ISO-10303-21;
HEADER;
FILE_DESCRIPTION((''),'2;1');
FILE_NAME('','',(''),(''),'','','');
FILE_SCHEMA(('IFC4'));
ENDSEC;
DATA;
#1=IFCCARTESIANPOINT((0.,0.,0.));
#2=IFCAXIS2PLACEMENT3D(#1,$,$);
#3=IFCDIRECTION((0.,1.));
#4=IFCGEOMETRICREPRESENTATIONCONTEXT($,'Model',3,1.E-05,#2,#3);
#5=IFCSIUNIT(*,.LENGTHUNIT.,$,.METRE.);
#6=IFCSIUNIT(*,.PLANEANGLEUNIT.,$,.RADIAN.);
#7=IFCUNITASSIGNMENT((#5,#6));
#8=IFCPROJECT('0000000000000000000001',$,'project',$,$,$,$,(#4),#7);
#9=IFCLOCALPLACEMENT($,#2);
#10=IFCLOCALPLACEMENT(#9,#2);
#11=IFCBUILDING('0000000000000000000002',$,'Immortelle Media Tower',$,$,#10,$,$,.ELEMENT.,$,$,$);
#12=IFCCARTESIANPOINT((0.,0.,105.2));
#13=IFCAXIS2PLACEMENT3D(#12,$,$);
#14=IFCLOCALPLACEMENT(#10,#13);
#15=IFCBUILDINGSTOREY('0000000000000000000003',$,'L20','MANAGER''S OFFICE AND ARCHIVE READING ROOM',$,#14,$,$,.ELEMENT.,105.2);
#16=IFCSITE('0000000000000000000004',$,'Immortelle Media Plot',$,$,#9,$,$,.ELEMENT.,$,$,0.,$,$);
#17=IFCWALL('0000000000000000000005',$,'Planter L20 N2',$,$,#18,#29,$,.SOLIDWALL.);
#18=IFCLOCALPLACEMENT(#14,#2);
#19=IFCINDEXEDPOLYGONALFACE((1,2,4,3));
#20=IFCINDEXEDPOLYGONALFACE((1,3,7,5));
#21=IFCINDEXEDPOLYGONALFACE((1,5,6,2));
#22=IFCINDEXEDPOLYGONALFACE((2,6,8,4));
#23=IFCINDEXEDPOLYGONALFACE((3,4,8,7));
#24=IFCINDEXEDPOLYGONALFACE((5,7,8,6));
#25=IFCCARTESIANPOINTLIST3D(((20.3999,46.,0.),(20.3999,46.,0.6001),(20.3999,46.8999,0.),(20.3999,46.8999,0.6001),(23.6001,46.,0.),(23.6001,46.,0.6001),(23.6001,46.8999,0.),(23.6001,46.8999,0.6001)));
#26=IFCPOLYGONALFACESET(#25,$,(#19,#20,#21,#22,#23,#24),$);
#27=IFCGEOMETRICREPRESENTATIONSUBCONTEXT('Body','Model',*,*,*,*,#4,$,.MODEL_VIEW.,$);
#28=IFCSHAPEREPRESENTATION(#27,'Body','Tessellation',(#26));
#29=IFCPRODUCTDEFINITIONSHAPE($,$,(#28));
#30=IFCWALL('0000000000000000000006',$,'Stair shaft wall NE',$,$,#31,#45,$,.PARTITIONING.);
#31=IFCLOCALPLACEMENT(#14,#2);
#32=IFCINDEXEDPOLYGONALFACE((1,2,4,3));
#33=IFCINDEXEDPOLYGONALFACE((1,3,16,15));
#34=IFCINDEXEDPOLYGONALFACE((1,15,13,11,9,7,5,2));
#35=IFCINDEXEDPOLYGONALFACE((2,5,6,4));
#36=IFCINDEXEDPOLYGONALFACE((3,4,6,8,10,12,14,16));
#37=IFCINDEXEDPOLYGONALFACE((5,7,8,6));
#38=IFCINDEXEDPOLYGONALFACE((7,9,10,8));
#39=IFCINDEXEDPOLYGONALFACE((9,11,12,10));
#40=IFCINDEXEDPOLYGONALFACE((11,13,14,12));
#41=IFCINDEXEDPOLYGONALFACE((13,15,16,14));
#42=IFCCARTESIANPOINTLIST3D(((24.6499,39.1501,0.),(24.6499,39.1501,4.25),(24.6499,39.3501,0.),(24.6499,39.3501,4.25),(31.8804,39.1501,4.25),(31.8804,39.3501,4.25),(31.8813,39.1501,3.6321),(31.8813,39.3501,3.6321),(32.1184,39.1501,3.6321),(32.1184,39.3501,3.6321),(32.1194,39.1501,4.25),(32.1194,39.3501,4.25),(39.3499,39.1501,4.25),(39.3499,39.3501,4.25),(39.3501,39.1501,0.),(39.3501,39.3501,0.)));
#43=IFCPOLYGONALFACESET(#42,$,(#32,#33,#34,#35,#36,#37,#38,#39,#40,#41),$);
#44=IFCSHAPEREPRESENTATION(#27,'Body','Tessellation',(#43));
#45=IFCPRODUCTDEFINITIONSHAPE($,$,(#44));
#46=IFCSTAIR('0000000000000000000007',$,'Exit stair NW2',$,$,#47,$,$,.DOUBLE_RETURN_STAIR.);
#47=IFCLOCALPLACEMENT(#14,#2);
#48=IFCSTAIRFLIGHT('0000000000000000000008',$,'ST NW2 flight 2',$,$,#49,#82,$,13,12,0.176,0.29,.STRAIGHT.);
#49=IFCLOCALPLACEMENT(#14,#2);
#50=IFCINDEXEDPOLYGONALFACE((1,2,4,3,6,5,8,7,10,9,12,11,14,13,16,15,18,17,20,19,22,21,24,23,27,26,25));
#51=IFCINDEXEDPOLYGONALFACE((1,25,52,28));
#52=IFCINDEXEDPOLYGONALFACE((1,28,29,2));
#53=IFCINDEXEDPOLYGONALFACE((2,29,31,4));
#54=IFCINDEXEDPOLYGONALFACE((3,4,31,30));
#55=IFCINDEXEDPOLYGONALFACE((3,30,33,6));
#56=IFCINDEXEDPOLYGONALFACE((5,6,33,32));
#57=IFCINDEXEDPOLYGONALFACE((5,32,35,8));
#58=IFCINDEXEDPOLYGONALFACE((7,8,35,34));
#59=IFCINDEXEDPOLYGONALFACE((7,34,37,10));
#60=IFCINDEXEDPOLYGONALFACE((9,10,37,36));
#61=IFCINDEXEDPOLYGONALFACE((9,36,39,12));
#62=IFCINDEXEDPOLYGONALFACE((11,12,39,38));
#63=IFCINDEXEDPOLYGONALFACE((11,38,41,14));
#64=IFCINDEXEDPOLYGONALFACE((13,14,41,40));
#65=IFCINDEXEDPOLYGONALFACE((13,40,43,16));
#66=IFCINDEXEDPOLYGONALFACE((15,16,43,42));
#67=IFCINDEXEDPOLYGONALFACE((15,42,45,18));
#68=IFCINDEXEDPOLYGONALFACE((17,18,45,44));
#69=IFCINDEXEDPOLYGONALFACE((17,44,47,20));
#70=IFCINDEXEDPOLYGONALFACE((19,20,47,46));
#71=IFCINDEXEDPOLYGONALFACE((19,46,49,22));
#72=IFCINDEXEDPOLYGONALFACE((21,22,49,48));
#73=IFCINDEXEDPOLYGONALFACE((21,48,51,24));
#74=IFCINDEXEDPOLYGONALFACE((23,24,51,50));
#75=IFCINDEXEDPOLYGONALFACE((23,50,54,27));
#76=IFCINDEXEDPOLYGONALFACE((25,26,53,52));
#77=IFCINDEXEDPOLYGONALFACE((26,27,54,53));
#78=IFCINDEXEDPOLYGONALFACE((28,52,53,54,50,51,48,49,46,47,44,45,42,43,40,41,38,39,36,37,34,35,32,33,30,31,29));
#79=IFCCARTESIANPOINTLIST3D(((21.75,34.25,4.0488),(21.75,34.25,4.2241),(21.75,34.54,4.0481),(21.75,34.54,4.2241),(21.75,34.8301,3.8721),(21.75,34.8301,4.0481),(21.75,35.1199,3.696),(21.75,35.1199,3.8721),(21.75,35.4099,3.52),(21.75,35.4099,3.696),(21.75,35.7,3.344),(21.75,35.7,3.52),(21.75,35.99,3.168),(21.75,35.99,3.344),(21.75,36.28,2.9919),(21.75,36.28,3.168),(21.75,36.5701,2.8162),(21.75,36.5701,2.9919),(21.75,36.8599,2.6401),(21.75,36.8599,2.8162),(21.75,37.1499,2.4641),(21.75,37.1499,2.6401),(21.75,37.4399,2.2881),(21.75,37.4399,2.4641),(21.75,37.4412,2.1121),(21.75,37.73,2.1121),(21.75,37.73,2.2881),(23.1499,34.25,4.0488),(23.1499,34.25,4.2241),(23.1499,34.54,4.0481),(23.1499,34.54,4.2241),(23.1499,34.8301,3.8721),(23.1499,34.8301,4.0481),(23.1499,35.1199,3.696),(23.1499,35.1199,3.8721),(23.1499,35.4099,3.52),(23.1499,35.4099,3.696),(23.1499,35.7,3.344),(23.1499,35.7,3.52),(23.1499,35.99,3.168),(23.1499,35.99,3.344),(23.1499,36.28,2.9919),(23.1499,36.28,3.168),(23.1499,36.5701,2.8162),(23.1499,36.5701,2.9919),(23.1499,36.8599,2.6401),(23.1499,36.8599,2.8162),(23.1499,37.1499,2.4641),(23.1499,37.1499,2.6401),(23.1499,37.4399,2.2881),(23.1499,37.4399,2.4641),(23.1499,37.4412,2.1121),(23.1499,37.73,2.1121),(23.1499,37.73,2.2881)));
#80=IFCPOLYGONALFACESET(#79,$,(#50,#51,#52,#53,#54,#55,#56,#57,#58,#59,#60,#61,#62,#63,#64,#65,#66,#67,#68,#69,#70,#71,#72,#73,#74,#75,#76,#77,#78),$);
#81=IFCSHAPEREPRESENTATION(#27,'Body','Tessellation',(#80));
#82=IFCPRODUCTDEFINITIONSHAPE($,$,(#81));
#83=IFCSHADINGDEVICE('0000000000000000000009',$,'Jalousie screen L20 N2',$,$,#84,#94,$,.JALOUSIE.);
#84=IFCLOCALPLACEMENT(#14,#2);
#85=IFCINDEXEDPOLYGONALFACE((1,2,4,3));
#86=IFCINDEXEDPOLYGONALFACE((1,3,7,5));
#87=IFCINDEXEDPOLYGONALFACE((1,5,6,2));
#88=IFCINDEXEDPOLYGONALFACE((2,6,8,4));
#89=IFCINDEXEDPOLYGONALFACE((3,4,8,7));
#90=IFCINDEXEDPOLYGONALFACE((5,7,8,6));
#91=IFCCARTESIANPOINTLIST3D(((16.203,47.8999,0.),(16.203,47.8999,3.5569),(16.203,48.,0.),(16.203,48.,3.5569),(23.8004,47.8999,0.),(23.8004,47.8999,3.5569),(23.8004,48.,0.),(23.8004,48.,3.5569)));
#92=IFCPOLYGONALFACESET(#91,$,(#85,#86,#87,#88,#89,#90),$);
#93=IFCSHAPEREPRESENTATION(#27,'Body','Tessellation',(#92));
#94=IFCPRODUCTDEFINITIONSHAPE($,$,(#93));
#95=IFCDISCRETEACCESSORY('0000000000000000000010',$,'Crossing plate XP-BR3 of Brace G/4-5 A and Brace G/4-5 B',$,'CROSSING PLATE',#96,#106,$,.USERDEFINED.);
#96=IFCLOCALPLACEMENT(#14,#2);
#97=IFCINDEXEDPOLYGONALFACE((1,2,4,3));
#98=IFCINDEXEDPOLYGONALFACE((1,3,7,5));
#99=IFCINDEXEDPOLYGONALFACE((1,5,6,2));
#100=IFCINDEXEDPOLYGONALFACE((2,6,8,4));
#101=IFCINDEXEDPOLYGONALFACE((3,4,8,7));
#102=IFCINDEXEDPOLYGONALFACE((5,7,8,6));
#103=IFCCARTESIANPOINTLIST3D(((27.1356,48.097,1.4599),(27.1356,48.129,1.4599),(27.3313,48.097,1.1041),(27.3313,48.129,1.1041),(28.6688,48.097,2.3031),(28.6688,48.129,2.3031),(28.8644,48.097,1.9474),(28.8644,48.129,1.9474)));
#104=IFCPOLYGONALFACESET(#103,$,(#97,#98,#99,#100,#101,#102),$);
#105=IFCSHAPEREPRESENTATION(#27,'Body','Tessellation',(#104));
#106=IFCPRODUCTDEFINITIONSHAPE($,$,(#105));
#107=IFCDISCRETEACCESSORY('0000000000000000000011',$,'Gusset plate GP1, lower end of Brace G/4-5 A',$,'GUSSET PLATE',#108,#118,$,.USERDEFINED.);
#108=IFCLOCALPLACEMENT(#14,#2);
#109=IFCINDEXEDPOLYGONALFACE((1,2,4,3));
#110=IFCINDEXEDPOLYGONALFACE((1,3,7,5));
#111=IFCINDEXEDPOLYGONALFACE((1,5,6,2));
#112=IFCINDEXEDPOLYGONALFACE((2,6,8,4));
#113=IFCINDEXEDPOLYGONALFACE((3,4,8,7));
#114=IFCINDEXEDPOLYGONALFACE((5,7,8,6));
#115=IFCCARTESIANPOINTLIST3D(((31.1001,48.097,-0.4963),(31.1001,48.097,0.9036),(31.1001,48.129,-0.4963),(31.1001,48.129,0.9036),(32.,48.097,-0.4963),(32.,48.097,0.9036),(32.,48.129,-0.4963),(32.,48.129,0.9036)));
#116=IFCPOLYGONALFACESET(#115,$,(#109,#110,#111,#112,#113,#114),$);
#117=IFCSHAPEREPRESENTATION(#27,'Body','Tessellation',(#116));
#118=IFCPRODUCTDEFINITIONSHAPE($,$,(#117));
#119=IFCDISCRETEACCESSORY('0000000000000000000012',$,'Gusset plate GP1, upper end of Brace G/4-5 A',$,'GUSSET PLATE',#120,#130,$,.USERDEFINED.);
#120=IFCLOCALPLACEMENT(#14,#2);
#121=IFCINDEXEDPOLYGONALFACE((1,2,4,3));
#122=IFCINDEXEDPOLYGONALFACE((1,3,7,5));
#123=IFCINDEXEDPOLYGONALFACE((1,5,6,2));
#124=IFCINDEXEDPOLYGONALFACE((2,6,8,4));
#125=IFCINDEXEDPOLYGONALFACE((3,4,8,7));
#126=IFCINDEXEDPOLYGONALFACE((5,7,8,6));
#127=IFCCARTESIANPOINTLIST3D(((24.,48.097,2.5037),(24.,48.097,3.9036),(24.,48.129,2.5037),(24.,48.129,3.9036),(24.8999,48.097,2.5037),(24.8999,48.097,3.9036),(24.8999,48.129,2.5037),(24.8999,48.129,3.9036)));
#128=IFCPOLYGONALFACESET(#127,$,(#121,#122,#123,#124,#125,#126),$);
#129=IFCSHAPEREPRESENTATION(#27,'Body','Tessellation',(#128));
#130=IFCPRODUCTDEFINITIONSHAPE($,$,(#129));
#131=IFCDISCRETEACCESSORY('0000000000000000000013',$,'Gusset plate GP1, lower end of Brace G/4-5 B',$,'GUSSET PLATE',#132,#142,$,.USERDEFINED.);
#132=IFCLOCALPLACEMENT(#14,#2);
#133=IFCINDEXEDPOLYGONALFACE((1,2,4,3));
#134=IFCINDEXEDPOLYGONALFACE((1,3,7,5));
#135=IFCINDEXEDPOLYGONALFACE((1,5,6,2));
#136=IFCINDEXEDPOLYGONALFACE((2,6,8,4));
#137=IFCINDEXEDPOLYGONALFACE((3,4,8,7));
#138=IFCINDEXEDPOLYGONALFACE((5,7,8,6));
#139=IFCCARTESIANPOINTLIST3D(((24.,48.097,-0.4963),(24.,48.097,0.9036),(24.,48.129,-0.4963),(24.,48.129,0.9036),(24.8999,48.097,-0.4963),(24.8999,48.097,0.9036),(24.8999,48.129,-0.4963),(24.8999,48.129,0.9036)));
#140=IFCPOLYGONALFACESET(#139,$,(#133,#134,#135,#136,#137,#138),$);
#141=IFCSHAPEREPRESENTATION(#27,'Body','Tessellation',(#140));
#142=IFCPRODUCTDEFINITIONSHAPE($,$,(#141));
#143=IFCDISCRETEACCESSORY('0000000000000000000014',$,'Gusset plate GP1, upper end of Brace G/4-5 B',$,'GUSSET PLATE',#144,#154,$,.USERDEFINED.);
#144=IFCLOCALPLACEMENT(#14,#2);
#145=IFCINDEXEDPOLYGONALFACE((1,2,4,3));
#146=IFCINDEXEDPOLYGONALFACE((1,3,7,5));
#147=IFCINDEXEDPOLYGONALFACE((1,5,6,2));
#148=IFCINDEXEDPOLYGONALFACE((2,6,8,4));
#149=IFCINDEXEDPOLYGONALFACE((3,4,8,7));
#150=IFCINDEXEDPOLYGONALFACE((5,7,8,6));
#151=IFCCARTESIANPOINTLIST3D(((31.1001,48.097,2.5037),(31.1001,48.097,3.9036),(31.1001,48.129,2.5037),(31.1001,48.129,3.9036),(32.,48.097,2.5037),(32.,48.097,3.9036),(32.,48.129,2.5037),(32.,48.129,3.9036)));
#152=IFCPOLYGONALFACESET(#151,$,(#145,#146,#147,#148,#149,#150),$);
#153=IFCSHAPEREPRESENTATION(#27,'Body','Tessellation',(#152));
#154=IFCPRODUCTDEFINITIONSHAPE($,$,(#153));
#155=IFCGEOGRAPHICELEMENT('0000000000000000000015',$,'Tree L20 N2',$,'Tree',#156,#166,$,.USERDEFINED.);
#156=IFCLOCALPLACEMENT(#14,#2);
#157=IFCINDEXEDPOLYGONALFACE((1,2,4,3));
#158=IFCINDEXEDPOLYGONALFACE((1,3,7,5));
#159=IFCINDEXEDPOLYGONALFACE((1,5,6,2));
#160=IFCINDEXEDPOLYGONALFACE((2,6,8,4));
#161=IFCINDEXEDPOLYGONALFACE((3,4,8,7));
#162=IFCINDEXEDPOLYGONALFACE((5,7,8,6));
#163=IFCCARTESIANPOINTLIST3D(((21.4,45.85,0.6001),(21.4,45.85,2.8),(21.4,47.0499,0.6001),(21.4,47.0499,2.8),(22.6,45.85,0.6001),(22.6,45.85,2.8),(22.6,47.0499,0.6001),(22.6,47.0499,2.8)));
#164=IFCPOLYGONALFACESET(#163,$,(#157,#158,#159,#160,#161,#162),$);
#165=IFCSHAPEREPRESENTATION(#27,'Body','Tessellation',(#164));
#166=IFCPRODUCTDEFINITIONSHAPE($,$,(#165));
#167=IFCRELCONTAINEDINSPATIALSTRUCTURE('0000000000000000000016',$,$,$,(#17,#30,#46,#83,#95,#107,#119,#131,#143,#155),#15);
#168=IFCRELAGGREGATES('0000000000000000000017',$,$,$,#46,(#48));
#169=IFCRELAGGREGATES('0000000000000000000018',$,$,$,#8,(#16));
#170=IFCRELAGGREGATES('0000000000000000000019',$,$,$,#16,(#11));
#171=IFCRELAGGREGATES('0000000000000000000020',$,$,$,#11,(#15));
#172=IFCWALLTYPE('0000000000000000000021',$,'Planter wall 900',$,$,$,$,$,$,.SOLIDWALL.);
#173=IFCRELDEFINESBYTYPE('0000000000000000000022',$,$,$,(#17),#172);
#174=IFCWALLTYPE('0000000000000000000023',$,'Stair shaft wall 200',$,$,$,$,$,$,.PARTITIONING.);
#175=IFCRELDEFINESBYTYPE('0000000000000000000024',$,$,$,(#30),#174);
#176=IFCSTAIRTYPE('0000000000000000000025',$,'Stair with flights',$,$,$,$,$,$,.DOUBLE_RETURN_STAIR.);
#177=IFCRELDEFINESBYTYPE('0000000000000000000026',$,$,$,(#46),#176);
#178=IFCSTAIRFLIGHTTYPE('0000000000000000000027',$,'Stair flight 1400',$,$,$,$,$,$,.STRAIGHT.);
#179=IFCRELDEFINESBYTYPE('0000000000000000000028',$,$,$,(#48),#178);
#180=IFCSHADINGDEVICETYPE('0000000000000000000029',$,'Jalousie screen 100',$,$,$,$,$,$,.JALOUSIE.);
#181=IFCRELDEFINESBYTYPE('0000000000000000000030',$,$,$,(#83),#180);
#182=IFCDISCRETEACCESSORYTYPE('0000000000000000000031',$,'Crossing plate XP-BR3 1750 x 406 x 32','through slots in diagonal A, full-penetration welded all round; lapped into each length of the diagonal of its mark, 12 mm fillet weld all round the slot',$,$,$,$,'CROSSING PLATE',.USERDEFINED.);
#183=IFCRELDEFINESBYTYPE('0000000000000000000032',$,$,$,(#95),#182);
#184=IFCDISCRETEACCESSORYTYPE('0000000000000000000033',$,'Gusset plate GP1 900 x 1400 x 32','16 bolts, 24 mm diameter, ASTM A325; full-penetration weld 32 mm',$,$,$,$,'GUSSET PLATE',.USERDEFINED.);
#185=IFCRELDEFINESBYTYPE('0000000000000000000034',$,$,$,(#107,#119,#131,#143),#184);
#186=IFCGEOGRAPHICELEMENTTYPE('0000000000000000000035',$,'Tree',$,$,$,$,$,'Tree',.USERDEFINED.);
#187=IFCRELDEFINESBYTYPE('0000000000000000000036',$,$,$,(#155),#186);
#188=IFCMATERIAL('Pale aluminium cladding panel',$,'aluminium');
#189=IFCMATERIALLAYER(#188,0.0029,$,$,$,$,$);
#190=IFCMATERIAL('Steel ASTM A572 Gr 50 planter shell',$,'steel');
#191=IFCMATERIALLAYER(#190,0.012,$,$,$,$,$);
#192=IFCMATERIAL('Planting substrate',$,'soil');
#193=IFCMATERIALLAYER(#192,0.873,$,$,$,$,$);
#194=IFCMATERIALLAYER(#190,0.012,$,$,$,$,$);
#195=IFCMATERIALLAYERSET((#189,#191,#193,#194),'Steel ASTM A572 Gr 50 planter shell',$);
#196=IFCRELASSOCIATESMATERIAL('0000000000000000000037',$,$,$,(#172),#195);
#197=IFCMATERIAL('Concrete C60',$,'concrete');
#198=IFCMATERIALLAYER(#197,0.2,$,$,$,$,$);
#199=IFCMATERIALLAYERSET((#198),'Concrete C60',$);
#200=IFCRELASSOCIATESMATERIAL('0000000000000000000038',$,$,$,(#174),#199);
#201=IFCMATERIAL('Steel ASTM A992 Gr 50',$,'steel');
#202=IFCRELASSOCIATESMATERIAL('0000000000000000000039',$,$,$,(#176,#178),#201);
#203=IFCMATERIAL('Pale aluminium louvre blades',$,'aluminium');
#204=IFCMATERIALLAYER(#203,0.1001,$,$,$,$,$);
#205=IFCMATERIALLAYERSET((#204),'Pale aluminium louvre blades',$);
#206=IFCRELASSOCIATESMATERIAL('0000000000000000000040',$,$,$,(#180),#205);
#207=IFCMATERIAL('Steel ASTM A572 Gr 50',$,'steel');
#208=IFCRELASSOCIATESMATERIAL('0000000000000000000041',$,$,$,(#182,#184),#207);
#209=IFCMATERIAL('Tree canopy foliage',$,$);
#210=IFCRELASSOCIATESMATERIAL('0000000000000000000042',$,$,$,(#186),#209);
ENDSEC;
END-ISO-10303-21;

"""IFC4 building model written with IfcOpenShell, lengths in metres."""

from ifc_helpers import new_model, si_unit, direction, frame, frame_2d, origin, origin_2d, place, context, subcontext, project, spatial, polyline, rectangle, outline, extrude, material, layer, layer_set, material_profile, profile_set, type_object, element, aggregate, save


model = new_model("IFC4")

# Units and contexts
model_context = context("Model", 3, precision=1e-05, world=origin(), true_north=direction((0.0, 1.0)))
body_context = subcontext(model_context, "Body", "Model", "MODEL_VIEW")
ifc_project = project(units=[si_unit("LENGTHUNIT", "METRE"), si_unit("PLANEANGLEUNIT", "RADIAN")], contexts=[model_context])

# Site, building, storey
site_placement = place(None, origin())
site = spatial("IfcSite", under=ifc_project, at=site_placement, Name="Immortelle Media Plot", CompositionType="ELEMENT", RefElevation=0.0)
building_placement = place(site_placement, origin())
building = spatial("IfcBuilding", under=site, at=building_placement, Name="Immortelle Media Tower", CompositionType="ELEMENT")
storey_placement = place(building_placement, frame((0.0, 0.0, 105.2)))
storey = spatial("IfcBuildingStorey", under=building, at=storey_placement, Name="L20", Description="MANAGER'S OFFICE AND ARCHIVE READING ROOM", CompositionType="ELEMENT", Elevation=105.2)

# Shared definitions
ifc_material_1 = material(Name="Steel ASTM A992 Gr 50", Category="steel")

# Shared definitions
ifc_material_2 = material(Name="Pale aluminium cladding panel", Category="aluminium")

# Walls
ifc_layer_1 = layer(ifc_material_2, 0.0029)
ifc_material_3 = material(Name="Steel ASTM A572 Gr 50 planter shell", Category="steel")
ifc_layer_2 = layer(ifc_material_3, 0.012)
ifc_material_4 = material(Name="Planting substrate", Category="soil")
ifc_layer_3 = layer(ifc_material_4, 0.873)
ifc_layer_4 = layer(ifc_material_3, 0.012)
ifc_layer_set_1 = layer_set([ifc_layer_1, ifc_layer_2, ifc_layer_3, ifc_layer_4], Name="Steel ASTM A572 Gr 50 planter shell")
wall_type_1 = type_object("IfcWallType", Name="Planter wall 900", PredefinedType="SOLIDWALL", material=ifc_layer_set_1)
wall_1_placement = place(storey_placement, frame((23.6001, 46.45, 0.0), z_axis=(0.0, 0.0, 1.0), x_axis=(-1.0, 0.0, 0.0)))
element("IfcWall", 1, at=wall_1_placement, inside=storey, type_object=wall_type_1, Name="Planter L20 N2", PredefinedType="SOLIDWALL", context=body_context, shape_type="SweptSolid", body=[
    extrude(rectangle(XDim=3.2002, YDim=0.8999, at=frame_2d((1.6001, 0.0))), origin(), (0.0, 0.0, 1.0), 0.6001),
])
ifc_material_5 = material(Name="Concrete C60", Category="concrete")
ifc_layer_5 = layer(ifc_material_5, 0.2)
ifc_layer_set_2 = layer_set([ifc_layer_5], Name="Concrete C60")
wall_type_2 = type_object("IfcWallType", Name="Stair shaft wall 200", PredefinedType="PARTITIONING", material=ifc_layer_set_2)
wall_2_placement = place(storey_placement, frame((24.6499, 39.25, 0.0), z_axis=(0.0, 0.0, 1.0), x_axis=(1.0, 0.0, 0.0)))
element("IfcWall", 2, at=wall_2_placement, inside=storey, type_object=wall_type_2, Name="Stair shaft wall NE", PredefinedType="PARTITIONING", context=body_context, shape_type="SweptSolid", body=[
    extrude(outline(polyline([(0.0, 0.0), (14.7002, 0.0), (14.7, 4.25), (7.4695, 4.25), (7.4685, 3.6321), (7.2314, 3.6321), (7.2305, 4.25), (0.0, 4.25), (0.0, 0.0)])), frame((0.0, 0.1001, 0.0), z_axis=(0.0, -1.0, 0.0), x_axis=(1.0, 0.0, 0.0)), (0.0, 0.0, 1.0), 0.2),
])

# Stair, stair flight
stair_type = type_object("IfcStairType", Name="Stair with flights", PredefinedType="DOUBLE_RETURN_STAIR", material=ifc_material_1)
stair_placement = place(storey_placement, origin())
stair = element("IfcStair", 3, at=stair_placement, inside=storey, type_object=stair_type, Name="Exit stair NW2", PredefinedType="DOUBLE_RETURN_STAIR")
stair_flight_type = type_object("IfcStairFlightType", Name="Stair flight 1400", PredefinedType="STRAIGHT", material=ifc_material_1)
stair_flight_placement = place(storey_placement, frame((22.45, 37.73, 2.1121), z_axis=(0.0, 0.0, 1.0), x_axis=(0.0, -1.0, 0.0)))
stair_flight = element("IfcStairFlight", 4, at=stair_flight_placement, type_object=stair_flight_type, Name="ST NW2 flight 2", NumberOfRisers=13, NumberOfTreads=12, PredefinedType="STRAIGHT", RiserHeight=0.176, TreadLength=0.29, context=body_context, shape_type="SweptSolid", body=[
    extrude(outline(polyline([(0.0, 0.0), (0.0, 0.176), (0.29, 0.176), (0.29, 0.3521), (0.5801, 0.3521), (0.5801, 0.5281), (0.8701, 0.5281), (0.8701, 0.7041), (1.1599, 0.7041), (1.1599, 0.8799), (1.45, 0.8799), (1.45, 1.0559), (1.74, 1.0559), (1.74, 1.2319), (2.03, 1.2319), (2.03, 1.408), (2.3201, 1.408), (2.3201, 1.584), (2.6101, 1.584), (2.6101, 1.76), (2.8999, 1.76), (2.8999, 1.936), (3.1899, 1.936), (3.1899, 2.1121), (3.48, 2.1121), (3.48, 2.2881), (3.48, 1.9368), (0.2888, 0.0), (0.0, 0.0)])), frame((0.0, 0.7, 0.0), z_axis=(0.0, -1.0, 0.0), x_axis=(1.0, 0.0, 0.0)), (0.0, 0.0, 1.0), 1.3999),
])
aggregate(stair, [stair_flight])

# Shading device
ifc_material_6 = material(Name="Pale aluminium louvre blades", Category="aluminium")
ifc_layer_6 = layer(ifc_material_6, 0.1001)
ifc_layer_set_3 = layer_set([ifc_layer_6], Name="Pale aluminium louvre blades")
shading_device_type = type_object("IfcShadingDeviceType", Name="Jalousie screen 100", PredefinedType="JALOUSIE", material=ifc_layer_set_3)
shading_device_placement = place(storey_placement, frame((20.0017, 47.95, 0.0), z_axis=(0.0, 0.0, 1.0), x_axis=(-1.0, 0.0, 0.0)))
element("IfcShadingDevice", 5, at=shading_device_placement, inside=storey, type_object=shading_device_type, Name="Jalousie screen L20 N2", PredefinedType="JALOUSIE", context=body_context, shape_type="SweptSolid", body=[
    extrude(rectangle(XDim=7.5974, YDim=0.1001, at=origin_2d()), origin(), (0.0, 0.0, 1.0), 3.5569),
])

# Discrete accessories
ifc_material_7 = material(Name="Steel ASTM A572 Gr 50", Category="steel")
ifc_material_profile_1 = material_profile(ifc_material_7, rectangle(XDim=0.032, YDim=0.406, at=origin_2d()), Name="PL 32 x 406")
ifc_profile_set_1 = profile_set([ifc_material_profile_1], Name="Steel ASTM A572 Gr 50")
discrete_accessory_type_1 = type_object("IfcDiscreteAccessoryType", Name="Crossing plate XP-BR3 1750 x 406 x 32", Description="through slots in diagonal A, full-penetration welded all round; lapped into each length of the diagonal of its mark, 12 mm fillet weld all round the slot", ElementType="CROSSING PLATE", PredefinedType="USERDEFINED", material=ifc_profile_set_1)
discrete_accessory_placement = place(storey_placement, frame((28.7666, 48.113, 2.1252), z_axis=(-0.876216, 0.0, -0.481919), x_axis=(0.0, -1.0, 0.0)))
element("IfcDiscreteAccessory", 6, at=discrete_accessory_placement, inside=storey, type_object=discrete_accessory_type_1, Name="Crossing plate XP-BR3 of Brace G/4-5 A and Brace G/4-5 B", ObjectType="CROSSING PLATE", PredefinedType="USERDEFINED", context=body_context, shape_type="SweptSolid", body=[
    extrude(rectangle(XDim=0.032, YDim=0.406, at=origin_2d()), origin(), (0.0, 0.0, 1.0), 1.7498),
])
ifc_material_profile_2 = material_profile(ifc_material_7, rectangle(XDim=0.032, YDim=1.3999, at=origin_2d()), Name="PL 32 x 1400")
ifc_profile_set_2 = profile_set([ifc_material_profile_2], Name="Steel ASTM A572 Gr 50")
discrete_accessory_type_2 = type_object("IfcDiscreteAccessoryType", Name="Gusset plate GP1 900 x 1400 x 32", Description="16 bolts, 24 mm diameter, ASTM A325; full-penetration weld 32 mm", ElementType="GUSSET PLATE", PredefinedType="USERDEFINED", material=ifc_profile_set_2)
for number, where, z_axis, x_axis, name in (
    (7, (32.0, 48.113, 0.2036), (-1.0, 0.0, 0.0), (0.0, -1.0, 0.0), "Gusset plate GP1, lower end of Brace G/4-5 A"),
    (8, (24.0, 48.113, 3.2036), (1.0, 0.0, 0.0), (0.0, 1.0, 0.0), "Gusset plate GP1, upper end of Brace G/4-5 A"),
    (9, (24.0, 48.113, 0.2036), (1.0, 0.0, 0.0), (0.0, 1.0, 0.0), "Gusset plate GP1, lower end of Brace G/4-5 B"),
    (10, (32.0, 48.113, 3.2036), (-1.0, 0.0, 0.0), (0.0, -1.0, 0.0), "Gusset plate GP1, upper end of Brace G/4-5 B"),
):
    element("IfcDiscreteAccessory", number, at=place(storey_placement, frame(where, z_axis=z_axis, x_axis=x_axis)), inside=storey, type_object=discrete_accessory_type_2, Name=name, ObjectType="GUSSET PLATE", PredefinedType="USERDEFINED", context=body_context, shape_type="SweptSolid", body=[
        extrude(rectangle(XDim=0.032, YDim=1.3999, at=origin_2d()), origin(), (0.0, 0.0, 1.0), 0.8999),
    ])

# Geographic element
ifc_material_8 = material(Name="Tree canopy foliage")
geographic_element_type = type_object("IfcGeographicElementType", Name="Tree", ElementType="Tree", PredefinedType="USERDEFINED", material=ifc_material_8)
geographic_element_placement = place(storey_placement, frame((22.0, 46.45, 0.6001), z_axis=(0.0, 0.0, 1.0), x_axis=(1.0, 0.0, 0.0)))
element("IfcGeographicElement", 11, at=geographic_element_placement, inside=storey, type_object=geographic_element_type, Name="Tree L20 N2", ObjectType="Tree", PredefinedType="USERDEFINED", context=body_context, shape_type="SweptSolid", body=[
    extrude(rectangle(XDim=1.2, YDim=1.2, at=origin_2d()), origin(), (0.0, 0.0, 1.0), 2.2),
])

save(model, "model.ifc")
